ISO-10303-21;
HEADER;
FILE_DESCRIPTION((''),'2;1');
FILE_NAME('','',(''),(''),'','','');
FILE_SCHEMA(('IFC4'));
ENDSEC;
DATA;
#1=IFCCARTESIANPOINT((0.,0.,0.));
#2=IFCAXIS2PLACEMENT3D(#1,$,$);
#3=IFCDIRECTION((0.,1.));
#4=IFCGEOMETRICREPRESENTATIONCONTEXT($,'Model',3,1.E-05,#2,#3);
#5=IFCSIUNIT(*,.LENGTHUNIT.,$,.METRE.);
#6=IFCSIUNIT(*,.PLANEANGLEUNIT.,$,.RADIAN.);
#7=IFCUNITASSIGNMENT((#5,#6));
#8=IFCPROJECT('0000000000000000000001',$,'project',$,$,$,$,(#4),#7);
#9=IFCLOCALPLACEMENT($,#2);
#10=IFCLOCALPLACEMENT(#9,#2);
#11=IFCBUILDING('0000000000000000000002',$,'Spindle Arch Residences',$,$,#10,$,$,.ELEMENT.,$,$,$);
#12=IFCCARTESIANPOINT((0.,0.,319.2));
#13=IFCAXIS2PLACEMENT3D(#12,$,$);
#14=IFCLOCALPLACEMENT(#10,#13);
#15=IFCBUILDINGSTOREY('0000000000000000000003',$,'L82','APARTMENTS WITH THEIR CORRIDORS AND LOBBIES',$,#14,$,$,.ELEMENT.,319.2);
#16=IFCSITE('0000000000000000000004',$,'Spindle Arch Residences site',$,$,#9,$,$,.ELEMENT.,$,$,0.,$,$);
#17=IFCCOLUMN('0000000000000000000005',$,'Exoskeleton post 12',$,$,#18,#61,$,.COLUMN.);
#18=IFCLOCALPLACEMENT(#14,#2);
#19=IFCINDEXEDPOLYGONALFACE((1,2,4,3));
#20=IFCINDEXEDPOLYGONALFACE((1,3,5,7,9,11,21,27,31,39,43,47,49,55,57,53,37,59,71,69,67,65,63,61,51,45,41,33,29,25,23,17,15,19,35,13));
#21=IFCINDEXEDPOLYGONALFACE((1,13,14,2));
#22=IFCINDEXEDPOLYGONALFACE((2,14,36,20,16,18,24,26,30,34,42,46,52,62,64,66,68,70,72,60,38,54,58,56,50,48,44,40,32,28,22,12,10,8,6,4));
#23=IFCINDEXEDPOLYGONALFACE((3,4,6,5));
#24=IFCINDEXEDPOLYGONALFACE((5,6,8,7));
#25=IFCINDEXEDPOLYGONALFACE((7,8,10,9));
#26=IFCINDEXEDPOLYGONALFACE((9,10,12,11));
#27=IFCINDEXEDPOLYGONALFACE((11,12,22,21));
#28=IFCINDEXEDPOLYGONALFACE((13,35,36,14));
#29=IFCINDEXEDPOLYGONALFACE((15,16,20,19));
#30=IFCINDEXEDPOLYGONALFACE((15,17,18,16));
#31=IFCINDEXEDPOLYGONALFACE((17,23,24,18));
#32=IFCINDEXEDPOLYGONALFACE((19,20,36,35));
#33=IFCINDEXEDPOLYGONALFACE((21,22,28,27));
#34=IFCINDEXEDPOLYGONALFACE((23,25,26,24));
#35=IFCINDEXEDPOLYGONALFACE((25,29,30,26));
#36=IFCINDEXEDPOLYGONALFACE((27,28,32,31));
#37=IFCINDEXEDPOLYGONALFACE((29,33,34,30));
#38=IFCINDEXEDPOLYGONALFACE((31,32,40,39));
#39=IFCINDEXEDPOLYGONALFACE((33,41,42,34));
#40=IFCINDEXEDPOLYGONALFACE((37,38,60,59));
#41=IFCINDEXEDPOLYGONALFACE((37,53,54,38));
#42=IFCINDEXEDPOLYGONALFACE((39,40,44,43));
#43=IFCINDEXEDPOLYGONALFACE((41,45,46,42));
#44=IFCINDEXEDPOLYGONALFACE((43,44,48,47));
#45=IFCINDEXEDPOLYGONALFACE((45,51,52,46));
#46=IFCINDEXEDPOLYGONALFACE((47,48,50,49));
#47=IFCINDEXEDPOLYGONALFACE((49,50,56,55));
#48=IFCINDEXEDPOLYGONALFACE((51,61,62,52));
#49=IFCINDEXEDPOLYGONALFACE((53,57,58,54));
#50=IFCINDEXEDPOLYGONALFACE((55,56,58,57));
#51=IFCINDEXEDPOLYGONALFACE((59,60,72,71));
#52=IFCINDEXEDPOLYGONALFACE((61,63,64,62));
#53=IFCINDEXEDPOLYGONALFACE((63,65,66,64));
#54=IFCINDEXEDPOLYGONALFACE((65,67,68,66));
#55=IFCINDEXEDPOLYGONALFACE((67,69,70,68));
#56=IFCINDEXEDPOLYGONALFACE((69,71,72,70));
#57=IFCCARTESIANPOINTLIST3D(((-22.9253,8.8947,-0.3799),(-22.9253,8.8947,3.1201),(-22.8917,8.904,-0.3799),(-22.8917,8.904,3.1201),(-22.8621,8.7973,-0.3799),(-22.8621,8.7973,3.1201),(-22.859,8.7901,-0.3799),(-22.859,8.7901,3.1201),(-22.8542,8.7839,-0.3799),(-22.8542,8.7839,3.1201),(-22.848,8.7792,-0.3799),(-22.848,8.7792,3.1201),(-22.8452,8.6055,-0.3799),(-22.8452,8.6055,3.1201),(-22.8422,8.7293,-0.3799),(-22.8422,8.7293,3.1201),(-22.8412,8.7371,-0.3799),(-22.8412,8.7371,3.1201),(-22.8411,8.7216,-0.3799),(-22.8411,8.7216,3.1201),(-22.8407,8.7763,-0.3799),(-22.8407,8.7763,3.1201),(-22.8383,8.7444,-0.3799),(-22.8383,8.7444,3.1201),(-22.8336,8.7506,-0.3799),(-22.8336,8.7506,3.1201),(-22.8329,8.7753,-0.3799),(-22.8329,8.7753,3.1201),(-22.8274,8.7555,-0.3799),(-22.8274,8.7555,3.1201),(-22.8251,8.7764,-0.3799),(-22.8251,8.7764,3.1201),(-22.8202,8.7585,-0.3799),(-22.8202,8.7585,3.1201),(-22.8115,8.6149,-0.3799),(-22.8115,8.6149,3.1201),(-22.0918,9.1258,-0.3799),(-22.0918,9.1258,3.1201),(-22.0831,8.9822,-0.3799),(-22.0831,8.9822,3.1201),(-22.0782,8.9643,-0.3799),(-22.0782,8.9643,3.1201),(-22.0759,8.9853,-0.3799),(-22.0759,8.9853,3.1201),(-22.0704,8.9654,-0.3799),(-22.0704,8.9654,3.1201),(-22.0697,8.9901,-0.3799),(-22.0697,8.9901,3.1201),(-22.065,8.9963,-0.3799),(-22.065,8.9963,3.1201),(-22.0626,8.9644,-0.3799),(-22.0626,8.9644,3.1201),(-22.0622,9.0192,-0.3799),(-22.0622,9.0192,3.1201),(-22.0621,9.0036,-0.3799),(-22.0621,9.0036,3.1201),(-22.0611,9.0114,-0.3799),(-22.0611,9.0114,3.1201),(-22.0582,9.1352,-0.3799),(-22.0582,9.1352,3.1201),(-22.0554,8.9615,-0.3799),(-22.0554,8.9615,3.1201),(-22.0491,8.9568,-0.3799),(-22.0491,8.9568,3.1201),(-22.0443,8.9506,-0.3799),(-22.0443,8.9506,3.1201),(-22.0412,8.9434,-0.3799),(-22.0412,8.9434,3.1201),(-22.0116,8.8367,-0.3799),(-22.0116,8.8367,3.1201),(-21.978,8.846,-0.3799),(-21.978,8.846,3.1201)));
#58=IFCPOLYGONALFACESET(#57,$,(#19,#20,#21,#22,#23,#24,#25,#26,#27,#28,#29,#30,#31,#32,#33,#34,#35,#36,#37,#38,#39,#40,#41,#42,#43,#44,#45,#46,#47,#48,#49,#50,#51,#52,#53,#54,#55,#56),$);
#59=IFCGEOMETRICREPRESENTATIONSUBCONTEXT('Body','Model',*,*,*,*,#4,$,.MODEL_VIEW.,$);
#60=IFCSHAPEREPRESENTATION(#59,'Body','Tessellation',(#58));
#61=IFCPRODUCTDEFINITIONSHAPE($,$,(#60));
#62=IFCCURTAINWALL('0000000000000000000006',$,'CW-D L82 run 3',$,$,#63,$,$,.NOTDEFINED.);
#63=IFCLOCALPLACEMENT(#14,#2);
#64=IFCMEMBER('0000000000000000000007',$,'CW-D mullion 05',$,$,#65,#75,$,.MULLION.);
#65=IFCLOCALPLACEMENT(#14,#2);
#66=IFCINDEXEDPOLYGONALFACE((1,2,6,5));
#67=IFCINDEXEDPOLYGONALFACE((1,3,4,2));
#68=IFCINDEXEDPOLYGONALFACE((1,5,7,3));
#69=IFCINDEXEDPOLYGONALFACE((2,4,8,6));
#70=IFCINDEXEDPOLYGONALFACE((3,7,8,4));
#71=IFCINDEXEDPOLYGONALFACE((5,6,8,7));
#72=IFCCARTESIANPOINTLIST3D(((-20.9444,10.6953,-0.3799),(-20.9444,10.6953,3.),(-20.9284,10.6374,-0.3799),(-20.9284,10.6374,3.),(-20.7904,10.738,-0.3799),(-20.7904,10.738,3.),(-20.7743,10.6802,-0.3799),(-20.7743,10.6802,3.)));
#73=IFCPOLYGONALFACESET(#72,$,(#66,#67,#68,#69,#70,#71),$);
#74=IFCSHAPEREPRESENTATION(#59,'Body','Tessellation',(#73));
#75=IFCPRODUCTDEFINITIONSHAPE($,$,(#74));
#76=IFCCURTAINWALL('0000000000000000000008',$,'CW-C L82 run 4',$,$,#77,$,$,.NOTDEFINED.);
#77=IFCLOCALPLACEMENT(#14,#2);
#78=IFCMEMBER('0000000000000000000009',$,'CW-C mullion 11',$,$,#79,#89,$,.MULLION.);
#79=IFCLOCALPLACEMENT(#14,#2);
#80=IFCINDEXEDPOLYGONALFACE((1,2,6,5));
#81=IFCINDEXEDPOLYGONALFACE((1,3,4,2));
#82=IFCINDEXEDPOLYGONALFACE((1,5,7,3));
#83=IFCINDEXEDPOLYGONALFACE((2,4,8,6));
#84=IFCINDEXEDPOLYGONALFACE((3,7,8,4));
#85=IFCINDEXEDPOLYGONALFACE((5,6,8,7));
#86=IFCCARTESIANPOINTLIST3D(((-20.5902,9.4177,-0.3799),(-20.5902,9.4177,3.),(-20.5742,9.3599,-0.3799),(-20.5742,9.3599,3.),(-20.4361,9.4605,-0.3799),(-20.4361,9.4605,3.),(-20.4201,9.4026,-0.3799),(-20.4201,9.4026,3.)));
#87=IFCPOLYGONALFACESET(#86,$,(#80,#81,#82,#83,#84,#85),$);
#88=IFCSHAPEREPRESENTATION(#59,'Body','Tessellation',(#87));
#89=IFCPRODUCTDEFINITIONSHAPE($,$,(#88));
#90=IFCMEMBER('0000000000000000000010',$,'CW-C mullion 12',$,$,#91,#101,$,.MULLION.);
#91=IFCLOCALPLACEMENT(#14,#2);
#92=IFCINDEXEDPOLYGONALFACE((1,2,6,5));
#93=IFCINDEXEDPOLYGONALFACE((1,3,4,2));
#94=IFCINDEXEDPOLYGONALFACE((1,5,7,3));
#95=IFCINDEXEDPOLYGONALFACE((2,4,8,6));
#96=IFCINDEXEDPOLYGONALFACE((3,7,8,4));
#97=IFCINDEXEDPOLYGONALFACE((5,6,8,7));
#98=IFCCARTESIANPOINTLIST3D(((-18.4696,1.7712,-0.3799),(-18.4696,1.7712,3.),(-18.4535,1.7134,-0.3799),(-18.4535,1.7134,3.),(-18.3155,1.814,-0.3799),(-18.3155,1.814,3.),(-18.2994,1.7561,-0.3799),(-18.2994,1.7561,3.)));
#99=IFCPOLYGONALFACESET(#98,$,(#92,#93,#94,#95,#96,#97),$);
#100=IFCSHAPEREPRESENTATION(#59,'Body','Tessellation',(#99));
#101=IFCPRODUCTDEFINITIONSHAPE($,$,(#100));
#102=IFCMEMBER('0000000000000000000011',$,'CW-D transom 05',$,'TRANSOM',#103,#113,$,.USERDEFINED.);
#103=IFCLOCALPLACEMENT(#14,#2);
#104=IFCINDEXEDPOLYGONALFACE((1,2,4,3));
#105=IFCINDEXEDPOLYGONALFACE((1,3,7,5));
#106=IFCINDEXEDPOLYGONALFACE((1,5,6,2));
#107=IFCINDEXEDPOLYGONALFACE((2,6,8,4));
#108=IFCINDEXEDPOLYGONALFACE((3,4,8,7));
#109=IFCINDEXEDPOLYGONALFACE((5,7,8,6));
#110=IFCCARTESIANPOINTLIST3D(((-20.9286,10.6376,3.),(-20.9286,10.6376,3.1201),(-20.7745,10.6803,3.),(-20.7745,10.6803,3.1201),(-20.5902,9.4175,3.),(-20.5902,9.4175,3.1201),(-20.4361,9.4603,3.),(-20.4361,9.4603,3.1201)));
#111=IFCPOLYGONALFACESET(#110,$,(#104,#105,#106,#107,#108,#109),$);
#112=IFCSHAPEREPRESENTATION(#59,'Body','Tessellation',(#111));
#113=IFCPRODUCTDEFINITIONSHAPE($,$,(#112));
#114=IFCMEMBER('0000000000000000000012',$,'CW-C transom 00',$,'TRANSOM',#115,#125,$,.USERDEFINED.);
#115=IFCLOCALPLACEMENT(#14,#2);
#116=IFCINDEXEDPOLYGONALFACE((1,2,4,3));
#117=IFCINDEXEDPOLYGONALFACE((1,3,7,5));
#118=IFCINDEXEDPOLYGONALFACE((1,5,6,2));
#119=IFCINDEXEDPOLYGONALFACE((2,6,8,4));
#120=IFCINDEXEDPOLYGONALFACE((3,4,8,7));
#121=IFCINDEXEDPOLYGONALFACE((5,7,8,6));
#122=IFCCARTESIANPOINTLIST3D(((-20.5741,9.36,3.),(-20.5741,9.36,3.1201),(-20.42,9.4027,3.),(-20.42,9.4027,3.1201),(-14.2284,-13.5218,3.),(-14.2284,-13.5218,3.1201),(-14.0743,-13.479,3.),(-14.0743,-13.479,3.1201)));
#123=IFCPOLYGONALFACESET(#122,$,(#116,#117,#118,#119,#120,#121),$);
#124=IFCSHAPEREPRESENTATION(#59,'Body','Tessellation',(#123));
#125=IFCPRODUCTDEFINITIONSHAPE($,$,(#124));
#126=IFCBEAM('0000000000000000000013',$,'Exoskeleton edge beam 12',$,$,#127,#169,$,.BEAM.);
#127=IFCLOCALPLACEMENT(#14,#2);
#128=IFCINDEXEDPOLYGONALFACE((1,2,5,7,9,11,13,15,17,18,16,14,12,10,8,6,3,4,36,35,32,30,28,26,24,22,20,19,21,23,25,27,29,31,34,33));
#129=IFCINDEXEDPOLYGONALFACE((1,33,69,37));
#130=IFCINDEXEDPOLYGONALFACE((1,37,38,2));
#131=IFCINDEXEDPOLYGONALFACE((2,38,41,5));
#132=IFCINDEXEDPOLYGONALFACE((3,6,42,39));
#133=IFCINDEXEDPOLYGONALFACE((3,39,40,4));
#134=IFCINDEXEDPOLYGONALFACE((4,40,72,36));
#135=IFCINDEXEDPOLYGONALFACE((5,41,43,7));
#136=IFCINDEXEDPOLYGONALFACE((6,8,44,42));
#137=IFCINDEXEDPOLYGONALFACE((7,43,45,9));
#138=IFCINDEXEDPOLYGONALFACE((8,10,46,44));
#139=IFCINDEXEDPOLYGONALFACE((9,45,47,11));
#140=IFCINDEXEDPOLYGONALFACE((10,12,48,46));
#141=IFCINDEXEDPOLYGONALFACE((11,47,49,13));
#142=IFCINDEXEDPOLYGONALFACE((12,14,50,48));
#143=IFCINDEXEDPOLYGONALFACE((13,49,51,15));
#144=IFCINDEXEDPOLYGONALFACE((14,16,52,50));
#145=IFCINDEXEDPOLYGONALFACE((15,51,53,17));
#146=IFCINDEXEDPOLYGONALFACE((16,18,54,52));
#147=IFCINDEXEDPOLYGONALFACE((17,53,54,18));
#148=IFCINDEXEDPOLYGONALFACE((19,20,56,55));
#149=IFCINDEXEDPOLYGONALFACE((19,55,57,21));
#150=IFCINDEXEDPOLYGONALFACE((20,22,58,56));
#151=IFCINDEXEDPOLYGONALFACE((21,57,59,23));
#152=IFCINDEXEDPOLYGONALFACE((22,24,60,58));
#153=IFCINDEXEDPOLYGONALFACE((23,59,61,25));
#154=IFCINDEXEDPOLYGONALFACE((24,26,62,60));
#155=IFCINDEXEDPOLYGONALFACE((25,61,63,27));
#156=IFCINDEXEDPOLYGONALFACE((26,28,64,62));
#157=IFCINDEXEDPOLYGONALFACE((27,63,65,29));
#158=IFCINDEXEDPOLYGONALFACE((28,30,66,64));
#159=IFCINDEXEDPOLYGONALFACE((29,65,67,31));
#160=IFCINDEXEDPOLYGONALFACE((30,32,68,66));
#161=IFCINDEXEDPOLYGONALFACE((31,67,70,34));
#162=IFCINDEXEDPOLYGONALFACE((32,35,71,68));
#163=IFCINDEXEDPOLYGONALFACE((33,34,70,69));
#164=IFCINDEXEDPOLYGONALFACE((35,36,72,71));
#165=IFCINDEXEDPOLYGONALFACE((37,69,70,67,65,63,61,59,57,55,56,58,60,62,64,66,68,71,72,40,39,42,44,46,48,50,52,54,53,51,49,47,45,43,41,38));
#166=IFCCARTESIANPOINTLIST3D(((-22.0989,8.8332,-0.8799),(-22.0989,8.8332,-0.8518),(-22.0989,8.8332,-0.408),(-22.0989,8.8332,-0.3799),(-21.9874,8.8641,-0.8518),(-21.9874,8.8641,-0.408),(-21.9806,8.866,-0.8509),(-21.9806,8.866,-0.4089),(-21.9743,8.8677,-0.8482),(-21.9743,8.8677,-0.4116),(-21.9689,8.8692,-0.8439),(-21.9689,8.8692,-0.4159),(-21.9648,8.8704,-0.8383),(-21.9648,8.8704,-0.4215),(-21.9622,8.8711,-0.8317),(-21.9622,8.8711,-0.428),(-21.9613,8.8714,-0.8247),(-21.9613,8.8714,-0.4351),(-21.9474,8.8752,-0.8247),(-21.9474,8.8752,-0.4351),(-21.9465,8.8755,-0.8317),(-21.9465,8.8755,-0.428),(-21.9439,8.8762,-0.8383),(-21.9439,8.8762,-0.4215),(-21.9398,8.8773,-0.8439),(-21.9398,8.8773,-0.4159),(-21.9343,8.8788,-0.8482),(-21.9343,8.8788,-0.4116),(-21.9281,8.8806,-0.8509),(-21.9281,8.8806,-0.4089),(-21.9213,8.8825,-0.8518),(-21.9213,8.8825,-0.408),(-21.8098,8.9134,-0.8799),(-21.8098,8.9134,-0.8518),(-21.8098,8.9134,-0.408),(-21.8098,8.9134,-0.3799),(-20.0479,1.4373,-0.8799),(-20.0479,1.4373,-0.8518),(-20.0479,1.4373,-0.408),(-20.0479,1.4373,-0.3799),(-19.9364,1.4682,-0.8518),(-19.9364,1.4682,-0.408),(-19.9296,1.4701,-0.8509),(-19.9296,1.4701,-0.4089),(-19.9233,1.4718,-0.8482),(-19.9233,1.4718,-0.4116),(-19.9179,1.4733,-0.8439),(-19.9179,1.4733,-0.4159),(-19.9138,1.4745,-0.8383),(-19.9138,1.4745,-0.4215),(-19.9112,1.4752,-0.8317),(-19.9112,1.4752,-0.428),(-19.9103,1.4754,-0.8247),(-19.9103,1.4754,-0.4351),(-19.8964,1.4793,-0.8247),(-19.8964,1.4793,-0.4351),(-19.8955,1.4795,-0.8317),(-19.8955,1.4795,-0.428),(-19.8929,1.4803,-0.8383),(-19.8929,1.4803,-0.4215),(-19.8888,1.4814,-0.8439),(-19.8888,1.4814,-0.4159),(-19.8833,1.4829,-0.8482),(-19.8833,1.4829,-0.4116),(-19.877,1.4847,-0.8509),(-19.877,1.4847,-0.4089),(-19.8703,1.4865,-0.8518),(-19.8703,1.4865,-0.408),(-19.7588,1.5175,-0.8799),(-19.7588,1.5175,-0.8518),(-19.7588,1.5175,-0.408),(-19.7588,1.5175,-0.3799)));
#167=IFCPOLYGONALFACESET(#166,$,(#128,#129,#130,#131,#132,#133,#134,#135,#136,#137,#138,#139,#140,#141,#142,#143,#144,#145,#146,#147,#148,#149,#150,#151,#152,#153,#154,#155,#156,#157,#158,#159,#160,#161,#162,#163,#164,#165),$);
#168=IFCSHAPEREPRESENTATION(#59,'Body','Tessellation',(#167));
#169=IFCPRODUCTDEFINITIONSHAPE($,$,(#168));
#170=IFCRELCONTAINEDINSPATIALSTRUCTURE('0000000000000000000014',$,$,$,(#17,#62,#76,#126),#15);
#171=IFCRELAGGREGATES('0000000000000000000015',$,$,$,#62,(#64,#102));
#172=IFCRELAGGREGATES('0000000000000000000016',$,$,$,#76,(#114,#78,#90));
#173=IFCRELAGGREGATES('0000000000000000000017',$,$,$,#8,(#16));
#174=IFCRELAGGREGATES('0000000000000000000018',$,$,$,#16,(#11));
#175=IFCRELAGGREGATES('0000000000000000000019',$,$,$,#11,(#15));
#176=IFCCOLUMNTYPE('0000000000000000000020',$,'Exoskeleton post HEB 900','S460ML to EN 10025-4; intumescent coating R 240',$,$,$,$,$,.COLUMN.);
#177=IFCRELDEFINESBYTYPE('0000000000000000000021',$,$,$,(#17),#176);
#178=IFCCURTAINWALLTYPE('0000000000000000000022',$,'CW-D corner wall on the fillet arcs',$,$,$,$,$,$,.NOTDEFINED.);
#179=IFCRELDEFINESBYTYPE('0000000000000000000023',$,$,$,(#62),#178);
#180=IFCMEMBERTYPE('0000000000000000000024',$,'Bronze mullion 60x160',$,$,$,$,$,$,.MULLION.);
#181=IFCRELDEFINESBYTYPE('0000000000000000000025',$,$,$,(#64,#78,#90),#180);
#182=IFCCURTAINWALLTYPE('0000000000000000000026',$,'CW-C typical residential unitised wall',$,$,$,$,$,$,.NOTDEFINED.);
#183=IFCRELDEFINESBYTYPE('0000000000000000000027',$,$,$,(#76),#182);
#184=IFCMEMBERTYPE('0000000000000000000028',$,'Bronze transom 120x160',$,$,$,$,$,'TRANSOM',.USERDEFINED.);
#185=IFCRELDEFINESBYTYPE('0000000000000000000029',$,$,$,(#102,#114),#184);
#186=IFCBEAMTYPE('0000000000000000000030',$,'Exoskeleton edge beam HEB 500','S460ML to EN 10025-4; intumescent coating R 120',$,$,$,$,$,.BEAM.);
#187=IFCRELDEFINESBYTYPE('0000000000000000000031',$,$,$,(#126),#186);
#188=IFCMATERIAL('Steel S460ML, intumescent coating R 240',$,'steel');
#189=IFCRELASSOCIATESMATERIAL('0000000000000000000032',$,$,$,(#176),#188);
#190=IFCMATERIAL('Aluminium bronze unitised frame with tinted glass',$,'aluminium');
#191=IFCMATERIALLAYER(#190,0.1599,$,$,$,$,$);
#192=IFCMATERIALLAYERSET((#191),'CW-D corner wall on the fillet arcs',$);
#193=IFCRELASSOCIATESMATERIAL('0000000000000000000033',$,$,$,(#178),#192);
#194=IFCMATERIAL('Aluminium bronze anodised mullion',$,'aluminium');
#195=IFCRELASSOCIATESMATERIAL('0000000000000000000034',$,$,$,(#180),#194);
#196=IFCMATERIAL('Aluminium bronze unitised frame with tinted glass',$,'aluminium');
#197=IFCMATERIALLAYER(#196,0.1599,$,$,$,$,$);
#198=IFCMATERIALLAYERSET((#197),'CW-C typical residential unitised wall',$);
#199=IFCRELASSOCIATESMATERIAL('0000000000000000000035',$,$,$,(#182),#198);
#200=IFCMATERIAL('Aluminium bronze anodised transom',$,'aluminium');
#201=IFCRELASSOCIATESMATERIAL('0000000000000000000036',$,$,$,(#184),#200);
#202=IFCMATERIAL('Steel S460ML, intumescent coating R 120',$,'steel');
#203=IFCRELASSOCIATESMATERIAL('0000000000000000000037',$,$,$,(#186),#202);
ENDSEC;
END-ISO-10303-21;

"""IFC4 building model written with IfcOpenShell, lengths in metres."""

from ifc_helpers import new_model, si_unit, direction, frame, origin, origin_2d, place, context, subcontext, project, spatial, rectangle, i_section, extrude, material, layer, layer_set, material_profile, profile_set, type_object, element, aggregate, save


model = new_model("IFC4")

# Units and contexts
model_context = context("Model", 3, precision=1e-05, world=origin(), true_north=direction((0.0, 1.0)))
body_context = subcontext(model_context, "Body", "Model", "MODEL_VIEW")
ifc_project = project(units=[si_unit("LENGTHUNIT", "METRE"), si_unit("PLANEANGLEUNIT", "RADIAN")], contexts=[model_context])

# Site, building, storey
site_placement = place(None, origin())
site = spatial("IfcSite", under=ifc_project, at=site_placement, Name="Spindle Arch Residences site", CompositionType="ELEMENT", RefElevation=0.0)
building_placement = place(site_placement, origin())
building = spatial("IfcBuilding", under=site, at=building_placement, Name="Spindle Arch Residences", CompositionType="ELEMENT")
storey_placement = place(building_placement, frame((0.0, 0.0, 319.2)))
storey = spatial("IfcBuildingStorey", under=building, at=storey_placement, Name="L82", Description="APARTMENTS WITH THEIR CORRIDORS AND LOBBIES", CompositionType="ELEMENT", Elevation=319.2)

# Column
ifc_material_1 = material(Name="Steel S460ML, intumescent coating R 240", Category="steel")
ifc_material_profile_1 = material_profile(ifc_material_1, i_section(OverallWidth=0.3, OverallDepth=0.8999, WebThickness=0.0186, FlangeThickness=0.0349, FilletRadius=0.03, at=origin_2d()), Name="HEB 900")
ifc_profile_set_1 = profile_set([ifc_material_profile_1], Name="Steel S460ML, intumescent coating R 240")
column_type = type_object("IfcColumnType", Name="Exoskeleton post HEB 900", Description="S460ML to EN 10025-4; intumescent coating R 240", PredefinedType="COLUMN", material=ifc_profile_set_1)
column_placement = place(storey_placement, frame((-22.4517, 8.8704, -0.3799), z_axis=(0.0, 0.0, 1.0), x_axis=(-0.267238, 0.963631, 0.0)))
element("IfcColumn", 1, at=column_placement, inside=storey, type_object=column_type, Name="Exoskeleton post 12", PredefinedType="COLUMN", context=body_context, shape_type="SweptSolid", body=[
    extrude(i_section(OverallWidth=0.3, OverallDepth=0.8999, WebThickness=0.0186, FlangeThickness=0.0349, FilletRadius=0.03, at=origin_2d()), origin(), (0.0, 0.0, 1.0), 3.5),
])

# Curtain wall, member
ifc_material_2 = material(Name="Aluminium bronze unitised frame with tinted glass", Category="aluminium")
ifc_layer_1 = layer(ifc_material_2, 0.1599)
ifc_layer_set_1 = layer_set([ifc_layer_1], Name="CW-D corner wall on the fillet arcs")
curtain_wall_type_1 = type_object("IfcCurtainWallType", Name="CW-D corner wall on the fillet arcs", PredefinedType="NOTDEFINED", material=ifc_layer_set_1)
curtain_wall_1_placement = place(storey_placement, origin())
curtain_wall_1 = element("IfcCurtainWall", 2, at=curtain_wall_1_placement, inside=storey, type_object=curtain_wall_type_1, Name="CW-D L82 run 3", PredefinedType="NOTDEFINED")
ifc_material_3 = material(Name="Aluminium bronze anodised mullion", Category="aluminium")
ifc_material_profile_2 = material_profile(ifc_material_3, rectangle(XDim=0.1599, YDim=0.0601, at=origin_2d()), Name="MU 60x160")
ifc_profile_set_2 = profile_set([ifc_material_profile_2], Name="Aluminium bronze anodised mullion")
member_type_1 = type_object("IfcMemberType", Name="Bronze mullion 60x160", PredefinedType="MULLION", material=ifc_profile_set_2)
member_1_placement = place(storey_placement, frame((-20.8594, 10.6877, -0.3799), z_axis=(0.0, 0.0, 1.0), x_axis=(0.96363, 0.267238, 0.0)))
member_1 = element("IfcMember", 3, at=member_1_placement, type_object=member_type_1, Name="CW-D mullion 05", PredefinedType="MULLION", context=body_context, shape_type="SweptSolid", body=[
    extrude(rectangle(XDim=0.1599, YDim=0.0601, at=origin_2d()), origin(), (0.0, 0.0, 1.0), 3.3799),
])

# Curtain wall, members
ifc_material_4 = material(Name="Aluminium bronze unitised frame with tinted glass", Category="aluminium")
ifc_layer_2 = layer(ifc_material_4, 0.1599)
ifc_layer_set_2 = layer_set([ifc_layer_2], Name="CW-C typical residential unitised wall")
curtain_wall_type_2 = type_object("IfcCurtainWallType", Name="CW-C typical residential unitised wall", PredefinedType="NOTDEFINED", material=ifc_layer_set_2)
curtain_wall_2_placement = place(storey_placement, origin())
curtain_wall_2 = element("IfcCurtainWall", 4, at=curtain_wall_2_placement, inside=storey, type_object=curtain_wall_type_2, Name="CW-C L82 run 4", PredefinedType="NOTDEFINED")
member_2_placement = place(storey_placement, frame((-20.5051, 9.4102, -0.3799), z_axis=(0.0, 0.0, 1.0), x_axis=(0.96363, 0.267238, 0.0)))
member_2 = element("IfcMember", 5, at=member_2_placement, type_object=member_type_1, Name="CW-C mullion 11", PredefinedType="MULLION", context=body_context, shape_type="SweptSolid", body=[
    extrude(rectangle(XDim=0.1599, YDim=0.0601, at=origin_2d()), origin(), (0.0, 0.0, 1.0), 3.3799),
])
member_3_placement = place(storey_placement, frame((-18.3845, 1.7637, -0.3799), z_axis=(0.0, 0.0, 1.0), x_axis=(0.96363, 0.267238, 0.0)))
member_3 = element("IfcMember", 6, at=member_3_placement, type_object=member_type_1, Name="CW-C mullion 12", PredefinedType="MULLION", context=body_context, shape_type="SweptSolid", body=[
    extrude(rectangle(XDim=0.1599, YDim=0.0601, at=origin_2d()), origin(), (0.0, 0.0, 1.0), 3.3799),
])

# Members
ifc_material_5 = material(Name="Aluminium bronze anodised transom", Category="aluminium")
ifc_material_profile_3 = material_profile(ifc_material_5, rectangle(XDim=0.1599, YDim=0.1201, at=origin_2d()), Name="TR 120x160")
ifc_profile_set_3 = profile_set([ifc_material_profile_3], Name="Aluminium bronze anodised transom")
member_type_2 = type_object("IfcMemberType", Name="Bronze transom 120x160", ElementType="TRANSOM", PredefinedType="USERDEFINED", material=ifc_profile_set_3)
member_4_placement = place(storey_placement, frame((-20.8516, 10.6589, 3.0601), z_axis=(0.267276, -0.96362, 0.0), x_axis=(0.96362, 0.267276, 0.0)))
member_4 = element("IfcMember", 7, at=member_4_placement, type_object=member_type_2, Name="CW-D transom 05", ObjectType="TRANSOM", PredefinedType="USERDEFINED", context=body_context, shape_type="SweptSolid", body=[
    extrude(rectangle(XDim=0.1599, YDim=0.1201, at=origin_2d()), origin(), (0.0, 0.0, 1.0), 1.2661),
])
member_5_placement = place(storey_placement, frame((-20.4971, 9.3813, 3.0601), z_axis=(0.267239, -0.96363, 0.0), x_axis=(0.96363, 0.267239, 0.0)))
member_5 = element("IfcMember", 8, at=member_5_placement, type_object=member_type_2, Name="CW-C transom 00", ObjectType="TRANSOM", PredefinedType="USERDEFINED", context=body_context, shape_type="SweptSolid", body=[
    extrude(rectangle(XDim=0.1599, YDim=0.1201, at=origin_2d()), origin(), (0.0, 0.0, 1.0), 23.7454),
])

# Beam
ifc_material_6 = material(Name="Steel S460ML, intumescent coating R 120", Category="steel")
ifc_material_profile_4 = material_profile(ifc_material_6, i_section(OverallWidth=0.3, OverallDepth=0.5, WebThickness=0.0144, FlangeThickness=0.0281, FilletRadius=0.0271, at=origin_2d()), Name="HEB 500")
ifc_profile_set_4 = profile_set([ifc_material_profile_4], Name="Steel S460ML, intumescent coating R 120")
beam_type_1 = type_object("IfcBeamType", Name="Exoskeleton edge beam HEB 500", Description="S460ML to EN 10025-4; intumescent coating R 120", PredefinedType="BEAM", material=ifc_profile_set_4)
for number, where, z_axis, x_axis, name in (
    (9, (-21.9543, 8.8733, -0.6299), (0.26723, -0.963633, 0.0), (0.963633, 0.26723, 0.0), "Exoskeleton edge beam 12"),
):
    element("IfcBeam", number, at=place(storey_placement, frame(where, z_axis=z_axis, x_axis=x_axis)), inside=storey, type_object=beam_type_1, Name=name, PredefinedType="BEAM", context=body_context, shape_type="SweptSolid", body=[
        extrude(i_section(OverallWidth=0.3, OverallDepth=0.5, WebThickness=0.0144, FlangeThickness=0.0281, FilletRadius=0.0271, at=origin_2d()), origin(), (0.0, 0.0, 1.0), 7.675),
    ])

aggregate(curtain_wall_1, [member_1, member_4])
aggregate(curtain_wall_2, [member_5, member_2, member_3])

save(model, "model.ifc")
